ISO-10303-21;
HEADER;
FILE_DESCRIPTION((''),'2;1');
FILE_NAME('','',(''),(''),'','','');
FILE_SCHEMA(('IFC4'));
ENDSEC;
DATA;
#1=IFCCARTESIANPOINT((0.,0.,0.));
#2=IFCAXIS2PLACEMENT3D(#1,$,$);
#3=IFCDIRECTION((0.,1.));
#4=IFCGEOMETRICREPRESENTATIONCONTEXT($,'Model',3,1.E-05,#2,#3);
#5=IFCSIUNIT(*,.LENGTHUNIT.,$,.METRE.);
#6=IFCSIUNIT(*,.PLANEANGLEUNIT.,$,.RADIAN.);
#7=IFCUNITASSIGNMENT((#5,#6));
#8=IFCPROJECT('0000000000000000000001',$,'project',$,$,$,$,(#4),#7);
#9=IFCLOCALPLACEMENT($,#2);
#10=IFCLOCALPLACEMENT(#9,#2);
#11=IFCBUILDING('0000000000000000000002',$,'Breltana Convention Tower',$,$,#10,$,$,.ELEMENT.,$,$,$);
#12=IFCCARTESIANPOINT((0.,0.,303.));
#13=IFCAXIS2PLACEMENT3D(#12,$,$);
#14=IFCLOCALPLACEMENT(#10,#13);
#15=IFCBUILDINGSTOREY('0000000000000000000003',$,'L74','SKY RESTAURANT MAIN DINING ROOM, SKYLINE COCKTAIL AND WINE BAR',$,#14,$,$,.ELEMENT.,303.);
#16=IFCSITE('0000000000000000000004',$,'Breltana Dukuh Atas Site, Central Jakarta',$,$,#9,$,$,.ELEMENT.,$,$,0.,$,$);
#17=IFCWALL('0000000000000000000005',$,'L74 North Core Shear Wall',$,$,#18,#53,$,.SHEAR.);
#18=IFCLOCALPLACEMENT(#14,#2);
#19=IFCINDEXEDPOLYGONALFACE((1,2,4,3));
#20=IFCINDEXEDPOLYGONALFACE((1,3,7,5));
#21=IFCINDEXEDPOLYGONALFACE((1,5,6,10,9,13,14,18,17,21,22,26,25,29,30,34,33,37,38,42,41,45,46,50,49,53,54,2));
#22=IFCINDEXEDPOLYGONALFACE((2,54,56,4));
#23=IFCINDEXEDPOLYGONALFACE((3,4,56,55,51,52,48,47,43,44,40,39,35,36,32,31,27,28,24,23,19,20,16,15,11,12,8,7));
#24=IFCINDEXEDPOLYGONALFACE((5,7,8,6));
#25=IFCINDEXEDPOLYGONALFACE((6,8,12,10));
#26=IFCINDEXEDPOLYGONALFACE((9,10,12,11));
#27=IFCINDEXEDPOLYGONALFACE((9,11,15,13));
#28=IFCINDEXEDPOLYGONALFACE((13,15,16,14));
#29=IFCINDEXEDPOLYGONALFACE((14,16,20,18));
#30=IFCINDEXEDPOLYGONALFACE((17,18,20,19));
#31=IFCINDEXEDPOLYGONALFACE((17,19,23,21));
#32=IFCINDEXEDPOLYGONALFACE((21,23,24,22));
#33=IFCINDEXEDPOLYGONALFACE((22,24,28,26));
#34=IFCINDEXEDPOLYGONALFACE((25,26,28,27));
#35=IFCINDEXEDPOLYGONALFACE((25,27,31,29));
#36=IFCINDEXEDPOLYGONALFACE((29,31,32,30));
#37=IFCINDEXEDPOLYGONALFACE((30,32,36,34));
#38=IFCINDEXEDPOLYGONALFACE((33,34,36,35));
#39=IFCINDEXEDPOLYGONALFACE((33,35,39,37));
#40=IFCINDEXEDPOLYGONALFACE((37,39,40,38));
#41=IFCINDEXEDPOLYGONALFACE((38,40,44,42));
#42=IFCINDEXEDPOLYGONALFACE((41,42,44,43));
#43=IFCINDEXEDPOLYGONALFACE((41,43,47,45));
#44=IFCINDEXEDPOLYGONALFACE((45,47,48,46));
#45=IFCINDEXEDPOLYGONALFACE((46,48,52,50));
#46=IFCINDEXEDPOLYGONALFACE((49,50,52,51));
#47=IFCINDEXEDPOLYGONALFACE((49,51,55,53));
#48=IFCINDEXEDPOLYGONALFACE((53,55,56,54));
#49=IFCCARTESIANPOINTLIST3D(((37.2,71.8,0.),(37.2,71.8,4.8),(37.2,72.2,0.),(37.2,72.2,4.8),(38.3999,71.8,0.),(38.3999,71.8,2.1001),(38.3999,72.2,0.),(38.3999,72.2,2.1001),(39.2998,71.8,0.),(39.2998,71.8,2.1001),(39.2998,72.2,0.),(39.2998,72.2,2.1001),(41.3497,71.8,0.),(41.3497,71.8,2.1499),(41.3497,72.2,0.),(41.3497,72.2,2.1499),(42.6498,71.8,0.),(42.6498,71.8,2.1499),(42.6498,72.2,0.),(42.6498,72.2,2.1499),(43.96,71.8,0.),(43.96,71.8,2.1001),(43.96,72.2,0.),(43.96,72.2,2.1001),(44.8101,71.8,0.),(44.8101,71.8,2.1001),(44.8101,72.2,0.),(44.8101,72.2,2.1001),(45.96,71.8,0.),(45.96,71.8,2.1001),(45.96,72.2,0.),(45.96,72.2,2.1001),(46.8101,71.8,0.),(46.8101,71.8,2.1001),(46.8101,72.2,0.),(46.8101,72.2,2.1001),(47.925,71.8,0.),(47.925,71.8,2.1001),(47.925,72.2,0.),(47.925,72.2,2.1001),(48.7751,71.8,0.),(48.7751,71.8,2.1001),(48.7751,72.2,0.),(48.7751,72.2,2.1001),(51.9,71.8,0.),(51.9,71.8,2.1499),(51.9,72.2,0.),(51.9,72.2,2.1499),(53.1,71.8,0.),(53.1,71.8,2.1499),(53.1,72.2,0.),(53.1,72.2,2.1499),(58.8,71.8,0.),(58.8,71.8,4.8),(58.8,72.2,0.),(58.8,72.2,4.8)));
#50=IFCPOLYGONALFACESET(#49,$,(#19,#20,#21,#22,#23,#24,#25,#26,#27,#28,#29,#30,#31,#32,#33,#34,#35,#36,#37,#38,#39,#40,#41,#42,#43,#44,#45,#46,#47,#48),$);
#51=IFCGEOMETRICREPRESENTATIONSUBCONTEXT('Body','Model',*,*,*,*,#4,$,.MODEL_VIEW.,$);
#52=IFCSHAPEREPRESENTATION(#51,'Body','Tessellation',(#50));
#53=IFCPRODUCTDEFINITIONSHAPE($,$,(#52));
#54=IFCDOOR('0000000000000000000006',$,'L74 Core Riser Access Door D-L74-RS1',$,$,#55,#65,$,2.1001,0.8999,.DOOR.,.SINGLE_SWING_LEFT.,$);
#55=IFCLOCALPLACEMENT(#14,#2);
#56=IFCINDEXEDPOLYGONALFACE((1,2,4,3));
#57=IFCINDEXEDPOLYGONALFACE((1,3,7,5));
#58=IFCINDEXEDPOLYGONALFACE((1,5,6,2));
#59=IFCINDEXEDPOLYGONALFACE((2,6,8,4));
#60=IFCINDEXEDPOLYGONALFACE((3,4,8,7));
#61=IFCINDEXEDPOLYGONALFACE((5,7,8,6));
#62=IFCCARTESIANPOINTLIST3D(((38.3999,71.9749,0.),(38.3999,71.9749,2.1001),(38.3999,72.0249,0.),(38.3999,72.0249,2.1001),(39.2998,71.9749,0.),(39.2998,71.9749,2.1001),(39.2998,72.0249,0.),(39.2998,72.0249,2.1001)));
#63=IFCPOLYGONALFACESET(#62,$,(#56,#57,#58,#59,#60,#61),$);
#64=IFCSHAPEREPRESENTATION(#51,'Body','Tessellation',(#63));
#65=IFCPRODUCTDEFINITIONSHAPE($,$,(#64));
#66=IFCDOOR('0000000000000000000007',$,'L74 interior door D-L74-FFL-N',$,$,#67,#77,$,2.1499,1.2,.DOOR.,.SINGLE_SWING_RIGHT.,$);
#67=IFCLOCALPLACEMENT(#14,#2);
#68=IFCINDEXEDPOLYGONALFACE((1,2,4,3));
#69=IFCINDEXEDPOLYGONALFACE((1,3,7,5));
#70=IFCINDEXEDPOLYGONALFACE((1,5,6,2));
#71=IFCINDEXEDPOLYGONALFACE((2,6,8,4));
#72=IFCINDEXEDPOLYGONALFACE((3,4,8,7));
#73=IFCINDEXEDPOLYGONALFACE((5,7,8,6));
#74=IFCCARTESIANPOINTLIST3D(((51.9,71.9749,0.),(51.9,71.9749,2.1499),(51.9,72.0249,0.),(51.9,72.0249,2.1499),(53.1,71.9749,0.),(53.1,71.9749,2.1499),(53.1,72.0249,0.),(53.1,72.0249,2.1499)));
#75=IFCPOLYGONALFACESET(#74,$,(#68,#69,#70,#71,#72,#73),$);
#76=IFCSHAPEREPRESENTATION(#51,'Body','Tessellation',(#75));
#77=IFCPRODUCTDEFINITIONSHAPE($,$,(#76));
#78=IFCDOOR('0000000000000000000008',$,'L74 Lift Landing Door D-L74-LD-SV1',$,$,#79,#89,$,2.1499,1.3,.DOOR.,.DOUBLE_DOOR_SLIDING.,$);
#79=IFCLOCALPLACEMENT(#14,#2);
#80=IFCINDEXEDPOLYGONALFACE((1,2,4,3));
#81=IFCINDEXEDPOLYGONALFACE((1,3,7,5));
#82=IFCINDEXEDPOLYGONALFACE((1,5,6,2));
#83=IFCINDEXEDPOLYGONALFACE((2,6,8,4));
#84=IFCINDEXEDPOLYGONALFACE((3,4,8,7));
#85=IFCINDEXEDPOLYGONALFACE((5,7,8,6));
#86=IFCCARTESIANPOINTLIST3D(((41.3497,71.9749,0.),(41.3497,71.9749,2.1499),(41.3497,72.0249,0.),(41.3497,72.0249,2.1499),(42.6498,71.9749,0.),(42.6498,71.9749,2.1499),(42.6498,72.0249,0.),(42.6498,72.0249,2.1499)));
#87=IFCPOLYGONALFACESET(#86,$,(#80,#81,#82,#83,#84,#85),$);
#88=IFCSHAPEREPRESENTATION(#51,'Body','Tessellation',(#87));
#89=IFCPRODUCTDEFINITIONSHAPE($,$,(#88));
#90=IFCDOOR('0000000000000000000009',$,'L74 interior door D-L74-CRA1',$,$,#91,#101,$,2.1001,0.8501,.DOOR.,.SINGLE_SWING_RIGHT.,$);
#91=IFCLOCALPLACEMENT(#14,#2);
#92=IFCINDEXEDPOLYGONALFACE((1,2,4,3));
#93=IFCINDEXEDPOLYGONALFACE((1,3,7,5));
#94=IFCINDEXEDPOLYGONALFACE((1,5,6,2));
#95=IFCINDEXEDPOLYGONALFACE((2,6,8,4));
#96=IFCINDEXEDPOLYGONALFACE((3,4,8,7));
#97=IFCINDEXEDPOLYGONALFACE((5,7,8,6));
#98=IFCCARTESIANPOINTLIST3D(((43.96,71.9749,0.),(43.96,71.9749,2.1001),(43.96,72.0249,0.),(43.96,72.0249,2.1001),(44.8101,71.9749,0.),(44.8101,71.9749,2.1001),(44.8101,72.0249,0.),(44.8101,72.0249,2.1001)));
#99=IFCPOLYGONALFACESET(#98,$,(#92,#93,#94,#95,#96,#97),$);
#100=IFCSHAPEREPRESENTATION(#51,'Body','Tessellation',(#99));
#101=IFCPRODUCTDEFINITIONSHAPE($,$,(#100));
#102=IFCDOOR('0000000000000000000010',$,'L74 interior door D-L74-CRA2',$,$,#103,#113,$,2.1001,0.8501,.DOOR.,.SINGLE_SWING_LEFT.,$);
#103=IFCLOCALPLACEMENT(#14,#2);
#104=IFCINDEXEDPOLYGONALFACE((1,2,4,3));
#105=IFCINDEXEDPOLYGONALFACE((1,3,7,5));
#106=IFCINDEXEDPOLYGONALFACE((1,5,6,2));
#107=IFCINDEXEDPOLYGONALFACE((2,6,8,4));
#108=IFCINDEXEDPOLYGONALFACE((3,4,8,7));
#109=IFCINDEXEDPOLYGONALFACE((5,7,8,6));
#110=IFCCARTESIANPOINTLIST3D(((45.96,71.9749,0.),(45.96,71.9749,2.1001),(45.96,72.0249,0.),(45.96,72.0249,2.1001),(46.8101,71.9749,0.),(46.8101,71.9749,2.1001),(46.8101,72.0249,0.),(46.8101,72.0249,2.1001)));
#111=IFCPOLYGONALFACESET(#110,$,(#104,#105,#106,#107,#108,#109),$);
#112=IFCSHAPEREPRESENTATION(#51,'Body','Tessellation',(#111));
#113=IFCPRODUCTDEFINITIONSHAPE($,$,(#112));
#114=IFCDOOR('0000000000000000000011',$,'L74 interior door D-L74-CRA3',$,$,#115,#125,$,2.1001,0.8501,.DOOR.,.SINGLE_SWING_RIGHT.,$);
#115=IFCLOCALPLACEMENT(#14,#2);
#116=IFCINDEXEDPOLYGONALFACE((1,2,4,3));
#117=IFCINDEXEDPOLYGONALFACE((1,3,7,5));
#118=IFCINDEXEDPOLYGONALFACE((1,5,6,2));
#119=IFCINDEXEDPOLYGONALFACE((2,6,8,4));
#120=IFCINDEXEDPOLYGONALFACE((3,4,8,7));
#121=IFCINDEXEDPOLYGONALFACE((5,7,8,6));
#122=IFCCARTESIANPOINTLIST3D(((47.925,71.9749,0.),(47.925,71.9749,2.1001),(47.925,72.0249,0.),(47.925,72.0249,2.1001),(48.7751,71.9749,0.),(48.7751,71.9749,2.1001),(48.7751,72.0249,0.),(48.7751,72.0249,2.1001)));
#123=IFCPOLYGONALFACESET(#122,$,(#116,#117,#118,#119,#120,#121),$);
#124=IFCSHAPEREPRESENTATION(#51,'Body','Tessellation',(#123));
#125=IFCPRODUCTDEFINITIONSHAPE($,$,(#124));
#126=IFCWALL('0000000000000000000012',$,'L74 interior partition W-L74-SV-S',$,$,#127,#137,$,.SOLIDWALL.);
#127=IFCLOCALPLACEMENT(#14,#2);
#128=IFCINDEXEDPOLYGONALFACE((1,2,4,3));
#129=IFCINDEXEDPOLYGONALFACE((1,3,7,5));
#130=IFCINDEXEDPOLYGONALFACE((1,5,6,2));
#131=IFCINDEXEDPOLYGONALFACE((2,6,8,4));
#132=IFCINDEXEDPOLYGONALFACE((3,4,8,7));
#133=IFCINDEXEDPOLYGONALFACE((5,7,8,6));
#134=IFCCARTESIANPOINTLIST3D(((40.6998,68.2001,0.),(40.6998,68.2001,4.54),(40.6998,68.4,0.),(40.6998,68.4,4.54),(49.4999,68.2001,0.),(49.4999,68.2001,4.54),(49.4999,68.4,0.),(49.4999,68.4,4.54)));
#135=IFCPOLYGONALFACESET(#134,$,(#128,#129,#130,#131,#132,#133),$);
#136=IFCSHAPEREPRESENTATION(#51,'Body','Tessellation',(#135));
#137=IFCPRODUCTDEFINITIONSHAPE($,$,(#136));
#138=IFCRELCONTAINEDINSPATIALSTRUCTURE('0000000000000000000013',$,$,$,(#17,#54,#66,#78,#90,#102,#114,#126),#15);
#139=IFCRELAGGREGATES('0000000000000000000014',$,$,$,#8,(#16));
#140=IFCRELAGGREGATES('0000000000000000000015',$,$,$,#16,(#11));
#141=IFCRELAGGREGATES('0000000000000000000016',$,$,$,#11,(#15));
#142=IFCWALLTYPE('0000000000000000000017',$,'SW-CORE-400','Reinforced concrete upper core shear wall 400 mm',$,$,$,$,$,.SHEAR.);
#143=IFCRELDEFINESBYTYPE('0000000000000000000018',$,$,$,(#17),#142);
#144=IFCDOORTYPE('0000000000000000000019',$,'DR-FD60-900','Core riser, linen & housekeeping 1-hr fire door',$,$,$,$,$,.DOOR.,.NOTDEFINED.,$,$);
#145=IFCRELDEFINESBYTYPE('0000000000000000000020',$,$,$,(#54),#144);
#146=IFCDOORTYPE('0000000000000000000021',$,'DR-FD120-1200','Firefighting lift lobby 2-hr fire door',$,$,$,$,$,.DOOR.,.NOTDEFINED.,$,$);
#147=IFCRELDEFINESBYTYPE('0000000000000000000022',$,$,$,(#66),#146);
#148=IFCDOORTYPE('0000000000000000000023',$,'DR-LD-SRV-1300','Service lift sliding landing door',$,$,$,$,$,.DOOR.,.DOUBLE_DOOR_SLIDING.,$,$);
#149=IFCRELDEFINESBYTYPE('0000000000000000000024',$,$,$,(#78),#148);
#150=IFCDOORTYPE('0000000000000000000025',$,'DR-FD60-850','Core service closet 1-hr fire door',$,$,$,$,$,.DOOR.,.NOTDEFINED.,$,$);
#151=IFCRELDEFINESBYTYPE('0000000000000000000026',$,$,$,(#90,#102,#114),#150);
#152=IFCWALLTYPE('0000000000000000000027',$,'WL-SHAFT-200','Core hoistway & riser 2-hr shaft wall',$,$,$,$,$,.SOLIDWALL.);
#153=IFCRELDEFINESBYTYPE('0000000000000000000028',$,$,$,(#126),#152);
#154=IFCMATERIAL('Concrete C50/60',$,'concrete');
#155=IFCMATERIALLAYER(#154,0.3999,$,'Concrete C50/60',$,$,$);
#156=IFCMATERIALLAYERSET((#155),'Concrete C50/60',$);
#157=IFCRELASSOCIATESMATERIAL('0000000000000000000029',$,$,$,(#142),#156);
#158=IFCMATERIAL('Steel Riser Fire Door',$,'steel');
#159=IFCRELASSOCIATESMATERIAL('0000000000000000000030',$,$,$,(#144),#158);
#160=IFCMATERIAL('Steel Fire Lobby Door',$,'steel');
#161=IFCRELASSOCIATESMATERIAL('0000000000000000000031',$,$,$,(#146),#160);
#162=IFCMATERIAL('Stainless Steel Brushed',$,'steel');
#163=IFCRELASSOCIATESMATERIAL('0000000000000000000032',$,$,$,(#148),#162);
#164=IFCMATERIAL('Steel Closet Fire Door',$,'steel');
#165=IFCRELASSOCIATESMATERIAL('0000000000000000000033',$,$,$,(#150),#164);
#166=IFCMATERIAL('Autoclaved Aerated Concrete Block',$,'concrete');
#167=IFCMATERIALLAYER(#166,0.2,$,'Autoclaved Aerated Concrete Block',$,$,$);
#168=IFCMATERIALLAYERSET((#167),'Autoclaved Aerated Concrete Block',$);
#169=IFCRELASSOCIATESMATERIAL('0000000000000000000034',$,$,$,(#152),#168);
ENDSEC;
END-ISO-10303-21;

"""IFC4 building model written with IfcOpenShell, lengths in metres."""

from ifc_helpers import new_model, si_unit, direction, frame, frame_2d, origin, place, context, subcontext, project, spatial, rectangle, extrude, source, transform, mapped, material, layer, layer_set, type_object, type_shapes, element, fill, save


model = new_model("IFC4")

# Units and contexts
model_context = context("Model", 3, precision=1e-05, world=origin(), true_north=direction((0.0, 1.0)))
body_context = subcontext(model_context, "Body", "Model", "MODEL_VIEW")
ifc_project = project(units=[si_unit("LENGTHUNIT", "METRE"), si_unit("PLANEANGLEUNIT", "RADIAN")], contexts=[model_context])

# Site, building, storey
site_placement = place(None, origin())
site = spatial("IfcSite", under=ifc_project, at=site_placement, Name="Breltana Dukuh Atas Site, Central Jakarta", CompositionType="ELEMENT", RefElevation=0.0)
building_placement = place(site_placement, origin())
building = spatial("IfcBuilding", under=site, at=building_placement, Name="Breltana Convention Tower", CompositionType="ELEMENT")
storey_placement = place(building_placement, frame((0.0, 0.0, 303.0)))
storey = spatial("IfcBuildingStorey", under=building, at=storey_placement, Name="L74", Description="SKY RESTAURANT MAIN DINING ROOM, SKYLINE COCKTAIL AND WINE BAR", CompositionType="ELEMENT", Elevation=303.0)

# Shared definitions
ifc_material_1 = material(Name="Concrete C50/60", Category="concrete")
ifc_layer_1 = layer(ifc_material_1, 0.3999, Name="Concrete C50/60")
ifc_layer_set_1 = layer_set([ifc_layer_1], Name="Concrete C50/60")
wall_type_1 = type_object("IfcWallType", Name="SW-CORE-400", Description="Reinforced concrete upper core shear wall 400 mm", PredefinedType="SHEAR", material=ifc_layer_set_1)

# Wall, openings, doors
shared_shape_1 = source(origin(), body_context, "Body", "SweptSolid", [
    extrude(rectangle(XDim=21.6001, YDim=0.3999, at=frame_2d((10.8, 0.0))), origin(), (0.0, 0.0, 1.0), 4.8),
])
wall_1_placement = place(storey_placement, frame((37.2, 72.0, 0.0), z_axis=(0.0, 0.0, 1.0), x_axis=(1.0, 0.0, 0.0)))
wall_1 = element("IfcWall", 1, at=wall_1_placement, inside=storey, type_object=wall_type_1, Name="L74 North Core Shear Wall", PredefinedType="SHEAR", context=body_context, shape_type="MappedRepresentation", body=[
    mapped(shared_shape_1, transform((0.0, 0.0, 0.0), scale=1.0)),
])
opening_1_placement = place(wall_1_placement, frame((1.2, 0.0, 0.0)))
opening_1 = element("IfcOpeningElement", 2, at=opening_1_placement, cuts=wall_1, PredefinedType="OPENING", context=body_context, shape_type="SweptSolid", body=[
    extrude(rectangle(XDim=0.8999, YDim=2.1001, at=frame_2d((0.45, 1.05))), frame((0.0, 0.21, 0.0), z_axis=(0.0, -1.0, 0.0), x_axis=(1.0, 0.0, 0.0)), (0.0, 0.0, 1.0), 0.4199),
])
opening_2_placement = place(wall_1_placement, frame((14.7, 0.0, 0.0)))
opening_2 = element("IfcOpeningElement", 3, at=opening_2_placement, cuts=wall_1, PredefinedType="OPENING", context=body_context, shape_type="SweptSolid", body=[
    extrude(rectangle(XDim=1.2, YDim=2.1499, at=frame_2d((0.6001, 1.075))), frame((0.0, 0.21, 0.0), z_axis=(0.0, -1.0, 0.0), x_axis=(1.0, 0.0, 0.0)), (0.0, 0.0, 1.0), 0.4199),
])
opening_3_placement = place(wall_1_placement, frame((4.1499, 0.0, 0.0)))
opening_3 = element("IfcOpeningElement", 4, at=opening_3_placement, cuts=wall_1, PredefinedType="OPENING", context=body_context, shape_type="SweptSolid", body=[
    extrude(rectangle(XDim=1.3, YDim=2.1499, at=frame_2d((0.6499, 1.075))), frame((0.0, 0.21, 0.0), z_axis=(0.0, -1.0, 0.0), x_axis=(1.0, 0.0, 0.0)), (0.0, 0.0, 1.0), 0.4199),
])
opening_4_placement = place(wall_1_placement, frame((6.76, 0.0, 0.0)))
opening_4 = element("IfcOpeningElement", 5, at=opening_4_placement, cuts=wall_1, PredefinedType="OPENING", context=body_context, shape_type="SweptSolid", body=[
    extrude(rectangle(XDim=0.8501, YDim=2.1001, at=frame_2d((0.425, 1.05))), frame((0.0, 0.21, 0.0), z_axis=(0.0, -1.0, 0.0), x_axis=(1.0, 0.0, 0.0)), (0.0, 0.0, 1.0), 0.4199),
])
opening_5_placement = place(wall_1_placement, frame((8.76, 0.0, 0.0)))
opening_5 = element("IfcOpeningElement", 6, at=opening_5_placement, cuts=wall_1, PredefinedType="OPENING", context=body_context, shape_type="SweptSolid", body=[
    extrude(rectangle(XDim=0.8501, YDim=2.1001, at=frame_2d((0.425, 1.05))), frame((0.0, 0.21, 0.0), z_axis=(0.0, -1.0, 0.0), x_axis=(1.0, 0.0, 0.0)), (0.0, 0.0, 1.0), 0.4199),
])
opening_6_placement = place(wall_1_placement, frame((10.7251, 0.0, 0.0)))
opening_6 = element("IfcOpeningElement", 7, at=opening_6_placement, cuts=wall_1, PredefinedType="OPENING", context=body_context, shape_type="SweptSolid", body=[
    extrude(rectangle(XDim=0.8501, YDim=2.1001, at=frame_2d((0.425, 1.05))), frame((0.0, 0.21, 0.0), z_axis=(0.0, -1.0, 0.0), x_axis=(1.0, 0.0, 0.0)), (0.0, 0.0, 1.0), 0.4199),
])
ifc_material_2 = material(Name="Steel Riser Fire Door", Category="steel")
door_type_1 = type_object("IfcDoorType", Name="DR-FD60-900", Description="Core riser, linen & housekeeping 1-hr fire door", OperationType="NOTDEFINED", PredefinedType="DOOR", material=ifc_material_2)
shared_shape_2 = source(origin(), body_context, "Body", "SweptSolid", [
    extrude(rectangle(XDim=0.8999, YDim=2.1001, at=frame_2d((0.45, 1.05))), frame((0.0, 0.0249, 0.0), z_axis=(0.0, -1.0, 0.0), x_axis=(1.0, 0.0, 0.0)), (0.0, 0.0, 1.0), 0.05),
])
type_shapes(door_type_1, [shared_shape_2])
door_1_placement = place(opening_1_placement, origin())
door_1 = element("IfcDoor", 8, at=door_1_placement, inside=storey, type_object=door_type_1, Name="L74 Core Riser Access Door D-L74-RS1", OperationType="SINGLE_SWING_LEFT", OverallHeight=2.1001, OverallWidth=0.8999, PredefinedType="DOOR", context=body_context, shape_type="MappedRepresentation", body=[
    mapped(shared_shape_2, transform((0.0, 0.0, 0.0), scale=1.0)),
])
fill(opening_1, door_1)
ifc_material_3 = material(Name="Steel Fire Lobby Door", Category="steel")
door_type_2 = type_object("IfcDoorType", Name="DR-FD120-1200", Description="Firefighting lift lobby 2-hr fire door", OperationType="NOTDEFINED", PredefinedType="DOOR", material=ifc_material_3)
shared_shape_3 = source(origin(), body_context, "Body", "SweptSolid", [
    extrude(rectangle(XDim=1.2, YDim=2.1499, at=frame_2d((0.6001, 1.075))), frame((0.0, 0.0249, 0.0), z_axis=(0.0, -1.0, 0.0), x_axis=(1.0, 0.0, 0.0)), (0.0, 0.0, 1.0), 0.05),
])
type_shapes(door_type_2, [shared_shape_3])
door_2_placement = place(opening_2_placement, origin())
door_2 = element("IfcDoor", 9, at=door_2_placement, inside=storey, type_object=door_type_2, Name="L74 interior door D-L74-FFL-N", OperationType="SINGLE_SWING_RIGHT", OverallHeight=2.1499, OverallWidth=1.2, PredefinedType="DOOR", context=body_context, shape_type="MappedRepresentation", body=[
    mapped(shared_shape_3, transform((0.0, 0.0, 0.0), scale=1.0)),
])
fill(opening_2, door_2)
ifc_material_4 = material(Name="Stainless Steel Brushed", Category="steel")
door_type_3 = type_object("IfcDoorType", Name="DR-LD-SRV-1300", Description="Service lift sliding landing door", OperationType="DOUBLE_DOOR_SLIDING", PredefinedType="DOOR", material=ifc_material_4)
shared_shape_4 = source(origin(), body_context, "Body", "SweptSolid", [
    extrude(rectangle(XDim=1.3, YDim=2.1499, at=frame_2d((0.6499, 1.075))), frame((0.0, 0.0249, 0.0), z_axis=(0.0, -1.0, 0.0), x_axis=(1.0, 0.0, 0.0)), (0.0, 0.0, 1.0), 0.05),
])
type_shapes(door_type_3, [shared_shape_4])
door_3_placement = place(opening_3_placement, origin())
door_3 = element("IfcDoor", 10, at=door_3_placement, inside=storey, type_object=door_type_3, Name="L74 Lift Landing Door D-L74-LD-SV1", OperationType="DOUBLE_DOOR_SLIDING", OverallHeight=2.1499, OverallWidth=1.3, PredefinedType="DOOR", context=body_context, shape_type="MappedRepresentation", body=[
    mapped(shared_shape_4, transform((0.0, 0.0, 0.0), scale=1.0)),
])
fill(opening_3, door_3)
ifc_material_5 = material(Name="Steel Closet Fire Door", Category="steel")
door_type_4 = type_object("IfcDoorType", Name="DR-FD60-850", Description="Core service closet 1-hr fire door", OperationType="NOTDEFINED", PredefinedType="DOOR", material=ifc_material_5)
shared_shape_5 = source(origin(), body_context, "Body", "SweptSolid", [
    extrude(rectangle(XDim=0.8501, YDim=2.1001, at=frame_2d((0.425, 1.05))), frame((0.0, 0.0249, 0.0), z_axis=(0.0, -1.0, 0.0), x_axis=(1.0, 0.0, 0.0)), (0.0, 0.0, 1.0), 0.05),
])
type_shapes(door_type_4, [shared_shape_5])
door_4_placement = place(opening_4_placement, origin())
door_4 = element("IfcDoor", 11, at=door_4_placement, inside=storey, type_object=door_type_4, Name="L74 interior door D-L74-CRA1", OperationType="SINGLE_SWING_RIGHT", OverallHeight=2.1001, OverallWidth=0.8501, PredefinedType="DOOR", context=body_context, shape_type="MappedRepresentation", body=[
    mapped(shared_shape_5, transform((0.0, 0.0, 0.0), scale=1.0)),
])
fill(opening_4, door_4)
door_5_placement = place(opening_5_placement, origin())
door_5 = element("IfcDoor", 12, at=door_5_placement, inside=storey, type_object=door_type_4, Name="L74 interior door D-L74-CRA2", OperationType="SINGLE_SWING_LEFT", OverallHeight=2.1001, OverallWidth=0.8501, PredefinedType="DOOR", context=body_context, shape_type="MappedRepresentation", body=[
    mapped(shared_shape_5, transform((0.0, 0.0, 0.0), scale=1.0)),
])
fill(opening_5, door_5)
door_6_placement = place(opening_6_placement, origin())
door_6 = element("IfcDoor", 13, at=door_6_placement, inside=storey, type_object=door_type_4, Name="L74 interior door D-L74-CRA3", OperationType="SINGLE_SWING_RIGHT", OverallHeight=2.1001, OverallWidth=0.8501, PredefinedType="DOOR", context=body_context, shape_type="MappedRepresentation", body=[
    mapped(shared_shape_5, transform((0.0, 0.0, 0.0), scale=1.0)),
])
fill(opening_6, door_6)

# Wall
ifc_material_6 = material(Name="Autoclaved Aerated Concrete Block", Category="concrete")
ifc_layer_2 = layer(ifc_material_6, 0.2, Name="Autoclaved Aerated Concrete Block")
ifc_layer_set_2 = layer_set([ifc_layer_2], Name="Autoclaved Aerated Concrete Block")
wall_type_2 = type_object("IfcWallType", Name="WL-SHAFT-200", Description="Core hoistway & riser 2-hr shaft wall", PredefinedType="SOLIDWALL", material=ifc_layer_set_2)
shared_shape_6 = source(origin(), body_context, "Body", "SweptSolid", [
    extrude(rectangle(XDim=8.8, YDim=0.2, at=frame_2d((4.3999, 0.0))), origin(), (0.0, 0.0, 1.0), 4.54),
])
wall_2_placement = place(storey_placement, frame((40.7, 68.3, 0.0), z_axis=(0.0, 0.0, 1.0), x_axis=(1.0, 0.0, 0.0)))
element("IfcWall", 14, at=wall_2_placement, inside=storey, type_object=wall_type_2, Name="L74 interior partition W-L74-SV-S", PredefinedType="SOLIDWALL", context=body_context, shape_type="MappedRepresentation", body=[
    mapped(shared_shape_6, transform((0.0, 0.0, 0.0), scale=1.0)),
])

save(model, "model.ifc")
